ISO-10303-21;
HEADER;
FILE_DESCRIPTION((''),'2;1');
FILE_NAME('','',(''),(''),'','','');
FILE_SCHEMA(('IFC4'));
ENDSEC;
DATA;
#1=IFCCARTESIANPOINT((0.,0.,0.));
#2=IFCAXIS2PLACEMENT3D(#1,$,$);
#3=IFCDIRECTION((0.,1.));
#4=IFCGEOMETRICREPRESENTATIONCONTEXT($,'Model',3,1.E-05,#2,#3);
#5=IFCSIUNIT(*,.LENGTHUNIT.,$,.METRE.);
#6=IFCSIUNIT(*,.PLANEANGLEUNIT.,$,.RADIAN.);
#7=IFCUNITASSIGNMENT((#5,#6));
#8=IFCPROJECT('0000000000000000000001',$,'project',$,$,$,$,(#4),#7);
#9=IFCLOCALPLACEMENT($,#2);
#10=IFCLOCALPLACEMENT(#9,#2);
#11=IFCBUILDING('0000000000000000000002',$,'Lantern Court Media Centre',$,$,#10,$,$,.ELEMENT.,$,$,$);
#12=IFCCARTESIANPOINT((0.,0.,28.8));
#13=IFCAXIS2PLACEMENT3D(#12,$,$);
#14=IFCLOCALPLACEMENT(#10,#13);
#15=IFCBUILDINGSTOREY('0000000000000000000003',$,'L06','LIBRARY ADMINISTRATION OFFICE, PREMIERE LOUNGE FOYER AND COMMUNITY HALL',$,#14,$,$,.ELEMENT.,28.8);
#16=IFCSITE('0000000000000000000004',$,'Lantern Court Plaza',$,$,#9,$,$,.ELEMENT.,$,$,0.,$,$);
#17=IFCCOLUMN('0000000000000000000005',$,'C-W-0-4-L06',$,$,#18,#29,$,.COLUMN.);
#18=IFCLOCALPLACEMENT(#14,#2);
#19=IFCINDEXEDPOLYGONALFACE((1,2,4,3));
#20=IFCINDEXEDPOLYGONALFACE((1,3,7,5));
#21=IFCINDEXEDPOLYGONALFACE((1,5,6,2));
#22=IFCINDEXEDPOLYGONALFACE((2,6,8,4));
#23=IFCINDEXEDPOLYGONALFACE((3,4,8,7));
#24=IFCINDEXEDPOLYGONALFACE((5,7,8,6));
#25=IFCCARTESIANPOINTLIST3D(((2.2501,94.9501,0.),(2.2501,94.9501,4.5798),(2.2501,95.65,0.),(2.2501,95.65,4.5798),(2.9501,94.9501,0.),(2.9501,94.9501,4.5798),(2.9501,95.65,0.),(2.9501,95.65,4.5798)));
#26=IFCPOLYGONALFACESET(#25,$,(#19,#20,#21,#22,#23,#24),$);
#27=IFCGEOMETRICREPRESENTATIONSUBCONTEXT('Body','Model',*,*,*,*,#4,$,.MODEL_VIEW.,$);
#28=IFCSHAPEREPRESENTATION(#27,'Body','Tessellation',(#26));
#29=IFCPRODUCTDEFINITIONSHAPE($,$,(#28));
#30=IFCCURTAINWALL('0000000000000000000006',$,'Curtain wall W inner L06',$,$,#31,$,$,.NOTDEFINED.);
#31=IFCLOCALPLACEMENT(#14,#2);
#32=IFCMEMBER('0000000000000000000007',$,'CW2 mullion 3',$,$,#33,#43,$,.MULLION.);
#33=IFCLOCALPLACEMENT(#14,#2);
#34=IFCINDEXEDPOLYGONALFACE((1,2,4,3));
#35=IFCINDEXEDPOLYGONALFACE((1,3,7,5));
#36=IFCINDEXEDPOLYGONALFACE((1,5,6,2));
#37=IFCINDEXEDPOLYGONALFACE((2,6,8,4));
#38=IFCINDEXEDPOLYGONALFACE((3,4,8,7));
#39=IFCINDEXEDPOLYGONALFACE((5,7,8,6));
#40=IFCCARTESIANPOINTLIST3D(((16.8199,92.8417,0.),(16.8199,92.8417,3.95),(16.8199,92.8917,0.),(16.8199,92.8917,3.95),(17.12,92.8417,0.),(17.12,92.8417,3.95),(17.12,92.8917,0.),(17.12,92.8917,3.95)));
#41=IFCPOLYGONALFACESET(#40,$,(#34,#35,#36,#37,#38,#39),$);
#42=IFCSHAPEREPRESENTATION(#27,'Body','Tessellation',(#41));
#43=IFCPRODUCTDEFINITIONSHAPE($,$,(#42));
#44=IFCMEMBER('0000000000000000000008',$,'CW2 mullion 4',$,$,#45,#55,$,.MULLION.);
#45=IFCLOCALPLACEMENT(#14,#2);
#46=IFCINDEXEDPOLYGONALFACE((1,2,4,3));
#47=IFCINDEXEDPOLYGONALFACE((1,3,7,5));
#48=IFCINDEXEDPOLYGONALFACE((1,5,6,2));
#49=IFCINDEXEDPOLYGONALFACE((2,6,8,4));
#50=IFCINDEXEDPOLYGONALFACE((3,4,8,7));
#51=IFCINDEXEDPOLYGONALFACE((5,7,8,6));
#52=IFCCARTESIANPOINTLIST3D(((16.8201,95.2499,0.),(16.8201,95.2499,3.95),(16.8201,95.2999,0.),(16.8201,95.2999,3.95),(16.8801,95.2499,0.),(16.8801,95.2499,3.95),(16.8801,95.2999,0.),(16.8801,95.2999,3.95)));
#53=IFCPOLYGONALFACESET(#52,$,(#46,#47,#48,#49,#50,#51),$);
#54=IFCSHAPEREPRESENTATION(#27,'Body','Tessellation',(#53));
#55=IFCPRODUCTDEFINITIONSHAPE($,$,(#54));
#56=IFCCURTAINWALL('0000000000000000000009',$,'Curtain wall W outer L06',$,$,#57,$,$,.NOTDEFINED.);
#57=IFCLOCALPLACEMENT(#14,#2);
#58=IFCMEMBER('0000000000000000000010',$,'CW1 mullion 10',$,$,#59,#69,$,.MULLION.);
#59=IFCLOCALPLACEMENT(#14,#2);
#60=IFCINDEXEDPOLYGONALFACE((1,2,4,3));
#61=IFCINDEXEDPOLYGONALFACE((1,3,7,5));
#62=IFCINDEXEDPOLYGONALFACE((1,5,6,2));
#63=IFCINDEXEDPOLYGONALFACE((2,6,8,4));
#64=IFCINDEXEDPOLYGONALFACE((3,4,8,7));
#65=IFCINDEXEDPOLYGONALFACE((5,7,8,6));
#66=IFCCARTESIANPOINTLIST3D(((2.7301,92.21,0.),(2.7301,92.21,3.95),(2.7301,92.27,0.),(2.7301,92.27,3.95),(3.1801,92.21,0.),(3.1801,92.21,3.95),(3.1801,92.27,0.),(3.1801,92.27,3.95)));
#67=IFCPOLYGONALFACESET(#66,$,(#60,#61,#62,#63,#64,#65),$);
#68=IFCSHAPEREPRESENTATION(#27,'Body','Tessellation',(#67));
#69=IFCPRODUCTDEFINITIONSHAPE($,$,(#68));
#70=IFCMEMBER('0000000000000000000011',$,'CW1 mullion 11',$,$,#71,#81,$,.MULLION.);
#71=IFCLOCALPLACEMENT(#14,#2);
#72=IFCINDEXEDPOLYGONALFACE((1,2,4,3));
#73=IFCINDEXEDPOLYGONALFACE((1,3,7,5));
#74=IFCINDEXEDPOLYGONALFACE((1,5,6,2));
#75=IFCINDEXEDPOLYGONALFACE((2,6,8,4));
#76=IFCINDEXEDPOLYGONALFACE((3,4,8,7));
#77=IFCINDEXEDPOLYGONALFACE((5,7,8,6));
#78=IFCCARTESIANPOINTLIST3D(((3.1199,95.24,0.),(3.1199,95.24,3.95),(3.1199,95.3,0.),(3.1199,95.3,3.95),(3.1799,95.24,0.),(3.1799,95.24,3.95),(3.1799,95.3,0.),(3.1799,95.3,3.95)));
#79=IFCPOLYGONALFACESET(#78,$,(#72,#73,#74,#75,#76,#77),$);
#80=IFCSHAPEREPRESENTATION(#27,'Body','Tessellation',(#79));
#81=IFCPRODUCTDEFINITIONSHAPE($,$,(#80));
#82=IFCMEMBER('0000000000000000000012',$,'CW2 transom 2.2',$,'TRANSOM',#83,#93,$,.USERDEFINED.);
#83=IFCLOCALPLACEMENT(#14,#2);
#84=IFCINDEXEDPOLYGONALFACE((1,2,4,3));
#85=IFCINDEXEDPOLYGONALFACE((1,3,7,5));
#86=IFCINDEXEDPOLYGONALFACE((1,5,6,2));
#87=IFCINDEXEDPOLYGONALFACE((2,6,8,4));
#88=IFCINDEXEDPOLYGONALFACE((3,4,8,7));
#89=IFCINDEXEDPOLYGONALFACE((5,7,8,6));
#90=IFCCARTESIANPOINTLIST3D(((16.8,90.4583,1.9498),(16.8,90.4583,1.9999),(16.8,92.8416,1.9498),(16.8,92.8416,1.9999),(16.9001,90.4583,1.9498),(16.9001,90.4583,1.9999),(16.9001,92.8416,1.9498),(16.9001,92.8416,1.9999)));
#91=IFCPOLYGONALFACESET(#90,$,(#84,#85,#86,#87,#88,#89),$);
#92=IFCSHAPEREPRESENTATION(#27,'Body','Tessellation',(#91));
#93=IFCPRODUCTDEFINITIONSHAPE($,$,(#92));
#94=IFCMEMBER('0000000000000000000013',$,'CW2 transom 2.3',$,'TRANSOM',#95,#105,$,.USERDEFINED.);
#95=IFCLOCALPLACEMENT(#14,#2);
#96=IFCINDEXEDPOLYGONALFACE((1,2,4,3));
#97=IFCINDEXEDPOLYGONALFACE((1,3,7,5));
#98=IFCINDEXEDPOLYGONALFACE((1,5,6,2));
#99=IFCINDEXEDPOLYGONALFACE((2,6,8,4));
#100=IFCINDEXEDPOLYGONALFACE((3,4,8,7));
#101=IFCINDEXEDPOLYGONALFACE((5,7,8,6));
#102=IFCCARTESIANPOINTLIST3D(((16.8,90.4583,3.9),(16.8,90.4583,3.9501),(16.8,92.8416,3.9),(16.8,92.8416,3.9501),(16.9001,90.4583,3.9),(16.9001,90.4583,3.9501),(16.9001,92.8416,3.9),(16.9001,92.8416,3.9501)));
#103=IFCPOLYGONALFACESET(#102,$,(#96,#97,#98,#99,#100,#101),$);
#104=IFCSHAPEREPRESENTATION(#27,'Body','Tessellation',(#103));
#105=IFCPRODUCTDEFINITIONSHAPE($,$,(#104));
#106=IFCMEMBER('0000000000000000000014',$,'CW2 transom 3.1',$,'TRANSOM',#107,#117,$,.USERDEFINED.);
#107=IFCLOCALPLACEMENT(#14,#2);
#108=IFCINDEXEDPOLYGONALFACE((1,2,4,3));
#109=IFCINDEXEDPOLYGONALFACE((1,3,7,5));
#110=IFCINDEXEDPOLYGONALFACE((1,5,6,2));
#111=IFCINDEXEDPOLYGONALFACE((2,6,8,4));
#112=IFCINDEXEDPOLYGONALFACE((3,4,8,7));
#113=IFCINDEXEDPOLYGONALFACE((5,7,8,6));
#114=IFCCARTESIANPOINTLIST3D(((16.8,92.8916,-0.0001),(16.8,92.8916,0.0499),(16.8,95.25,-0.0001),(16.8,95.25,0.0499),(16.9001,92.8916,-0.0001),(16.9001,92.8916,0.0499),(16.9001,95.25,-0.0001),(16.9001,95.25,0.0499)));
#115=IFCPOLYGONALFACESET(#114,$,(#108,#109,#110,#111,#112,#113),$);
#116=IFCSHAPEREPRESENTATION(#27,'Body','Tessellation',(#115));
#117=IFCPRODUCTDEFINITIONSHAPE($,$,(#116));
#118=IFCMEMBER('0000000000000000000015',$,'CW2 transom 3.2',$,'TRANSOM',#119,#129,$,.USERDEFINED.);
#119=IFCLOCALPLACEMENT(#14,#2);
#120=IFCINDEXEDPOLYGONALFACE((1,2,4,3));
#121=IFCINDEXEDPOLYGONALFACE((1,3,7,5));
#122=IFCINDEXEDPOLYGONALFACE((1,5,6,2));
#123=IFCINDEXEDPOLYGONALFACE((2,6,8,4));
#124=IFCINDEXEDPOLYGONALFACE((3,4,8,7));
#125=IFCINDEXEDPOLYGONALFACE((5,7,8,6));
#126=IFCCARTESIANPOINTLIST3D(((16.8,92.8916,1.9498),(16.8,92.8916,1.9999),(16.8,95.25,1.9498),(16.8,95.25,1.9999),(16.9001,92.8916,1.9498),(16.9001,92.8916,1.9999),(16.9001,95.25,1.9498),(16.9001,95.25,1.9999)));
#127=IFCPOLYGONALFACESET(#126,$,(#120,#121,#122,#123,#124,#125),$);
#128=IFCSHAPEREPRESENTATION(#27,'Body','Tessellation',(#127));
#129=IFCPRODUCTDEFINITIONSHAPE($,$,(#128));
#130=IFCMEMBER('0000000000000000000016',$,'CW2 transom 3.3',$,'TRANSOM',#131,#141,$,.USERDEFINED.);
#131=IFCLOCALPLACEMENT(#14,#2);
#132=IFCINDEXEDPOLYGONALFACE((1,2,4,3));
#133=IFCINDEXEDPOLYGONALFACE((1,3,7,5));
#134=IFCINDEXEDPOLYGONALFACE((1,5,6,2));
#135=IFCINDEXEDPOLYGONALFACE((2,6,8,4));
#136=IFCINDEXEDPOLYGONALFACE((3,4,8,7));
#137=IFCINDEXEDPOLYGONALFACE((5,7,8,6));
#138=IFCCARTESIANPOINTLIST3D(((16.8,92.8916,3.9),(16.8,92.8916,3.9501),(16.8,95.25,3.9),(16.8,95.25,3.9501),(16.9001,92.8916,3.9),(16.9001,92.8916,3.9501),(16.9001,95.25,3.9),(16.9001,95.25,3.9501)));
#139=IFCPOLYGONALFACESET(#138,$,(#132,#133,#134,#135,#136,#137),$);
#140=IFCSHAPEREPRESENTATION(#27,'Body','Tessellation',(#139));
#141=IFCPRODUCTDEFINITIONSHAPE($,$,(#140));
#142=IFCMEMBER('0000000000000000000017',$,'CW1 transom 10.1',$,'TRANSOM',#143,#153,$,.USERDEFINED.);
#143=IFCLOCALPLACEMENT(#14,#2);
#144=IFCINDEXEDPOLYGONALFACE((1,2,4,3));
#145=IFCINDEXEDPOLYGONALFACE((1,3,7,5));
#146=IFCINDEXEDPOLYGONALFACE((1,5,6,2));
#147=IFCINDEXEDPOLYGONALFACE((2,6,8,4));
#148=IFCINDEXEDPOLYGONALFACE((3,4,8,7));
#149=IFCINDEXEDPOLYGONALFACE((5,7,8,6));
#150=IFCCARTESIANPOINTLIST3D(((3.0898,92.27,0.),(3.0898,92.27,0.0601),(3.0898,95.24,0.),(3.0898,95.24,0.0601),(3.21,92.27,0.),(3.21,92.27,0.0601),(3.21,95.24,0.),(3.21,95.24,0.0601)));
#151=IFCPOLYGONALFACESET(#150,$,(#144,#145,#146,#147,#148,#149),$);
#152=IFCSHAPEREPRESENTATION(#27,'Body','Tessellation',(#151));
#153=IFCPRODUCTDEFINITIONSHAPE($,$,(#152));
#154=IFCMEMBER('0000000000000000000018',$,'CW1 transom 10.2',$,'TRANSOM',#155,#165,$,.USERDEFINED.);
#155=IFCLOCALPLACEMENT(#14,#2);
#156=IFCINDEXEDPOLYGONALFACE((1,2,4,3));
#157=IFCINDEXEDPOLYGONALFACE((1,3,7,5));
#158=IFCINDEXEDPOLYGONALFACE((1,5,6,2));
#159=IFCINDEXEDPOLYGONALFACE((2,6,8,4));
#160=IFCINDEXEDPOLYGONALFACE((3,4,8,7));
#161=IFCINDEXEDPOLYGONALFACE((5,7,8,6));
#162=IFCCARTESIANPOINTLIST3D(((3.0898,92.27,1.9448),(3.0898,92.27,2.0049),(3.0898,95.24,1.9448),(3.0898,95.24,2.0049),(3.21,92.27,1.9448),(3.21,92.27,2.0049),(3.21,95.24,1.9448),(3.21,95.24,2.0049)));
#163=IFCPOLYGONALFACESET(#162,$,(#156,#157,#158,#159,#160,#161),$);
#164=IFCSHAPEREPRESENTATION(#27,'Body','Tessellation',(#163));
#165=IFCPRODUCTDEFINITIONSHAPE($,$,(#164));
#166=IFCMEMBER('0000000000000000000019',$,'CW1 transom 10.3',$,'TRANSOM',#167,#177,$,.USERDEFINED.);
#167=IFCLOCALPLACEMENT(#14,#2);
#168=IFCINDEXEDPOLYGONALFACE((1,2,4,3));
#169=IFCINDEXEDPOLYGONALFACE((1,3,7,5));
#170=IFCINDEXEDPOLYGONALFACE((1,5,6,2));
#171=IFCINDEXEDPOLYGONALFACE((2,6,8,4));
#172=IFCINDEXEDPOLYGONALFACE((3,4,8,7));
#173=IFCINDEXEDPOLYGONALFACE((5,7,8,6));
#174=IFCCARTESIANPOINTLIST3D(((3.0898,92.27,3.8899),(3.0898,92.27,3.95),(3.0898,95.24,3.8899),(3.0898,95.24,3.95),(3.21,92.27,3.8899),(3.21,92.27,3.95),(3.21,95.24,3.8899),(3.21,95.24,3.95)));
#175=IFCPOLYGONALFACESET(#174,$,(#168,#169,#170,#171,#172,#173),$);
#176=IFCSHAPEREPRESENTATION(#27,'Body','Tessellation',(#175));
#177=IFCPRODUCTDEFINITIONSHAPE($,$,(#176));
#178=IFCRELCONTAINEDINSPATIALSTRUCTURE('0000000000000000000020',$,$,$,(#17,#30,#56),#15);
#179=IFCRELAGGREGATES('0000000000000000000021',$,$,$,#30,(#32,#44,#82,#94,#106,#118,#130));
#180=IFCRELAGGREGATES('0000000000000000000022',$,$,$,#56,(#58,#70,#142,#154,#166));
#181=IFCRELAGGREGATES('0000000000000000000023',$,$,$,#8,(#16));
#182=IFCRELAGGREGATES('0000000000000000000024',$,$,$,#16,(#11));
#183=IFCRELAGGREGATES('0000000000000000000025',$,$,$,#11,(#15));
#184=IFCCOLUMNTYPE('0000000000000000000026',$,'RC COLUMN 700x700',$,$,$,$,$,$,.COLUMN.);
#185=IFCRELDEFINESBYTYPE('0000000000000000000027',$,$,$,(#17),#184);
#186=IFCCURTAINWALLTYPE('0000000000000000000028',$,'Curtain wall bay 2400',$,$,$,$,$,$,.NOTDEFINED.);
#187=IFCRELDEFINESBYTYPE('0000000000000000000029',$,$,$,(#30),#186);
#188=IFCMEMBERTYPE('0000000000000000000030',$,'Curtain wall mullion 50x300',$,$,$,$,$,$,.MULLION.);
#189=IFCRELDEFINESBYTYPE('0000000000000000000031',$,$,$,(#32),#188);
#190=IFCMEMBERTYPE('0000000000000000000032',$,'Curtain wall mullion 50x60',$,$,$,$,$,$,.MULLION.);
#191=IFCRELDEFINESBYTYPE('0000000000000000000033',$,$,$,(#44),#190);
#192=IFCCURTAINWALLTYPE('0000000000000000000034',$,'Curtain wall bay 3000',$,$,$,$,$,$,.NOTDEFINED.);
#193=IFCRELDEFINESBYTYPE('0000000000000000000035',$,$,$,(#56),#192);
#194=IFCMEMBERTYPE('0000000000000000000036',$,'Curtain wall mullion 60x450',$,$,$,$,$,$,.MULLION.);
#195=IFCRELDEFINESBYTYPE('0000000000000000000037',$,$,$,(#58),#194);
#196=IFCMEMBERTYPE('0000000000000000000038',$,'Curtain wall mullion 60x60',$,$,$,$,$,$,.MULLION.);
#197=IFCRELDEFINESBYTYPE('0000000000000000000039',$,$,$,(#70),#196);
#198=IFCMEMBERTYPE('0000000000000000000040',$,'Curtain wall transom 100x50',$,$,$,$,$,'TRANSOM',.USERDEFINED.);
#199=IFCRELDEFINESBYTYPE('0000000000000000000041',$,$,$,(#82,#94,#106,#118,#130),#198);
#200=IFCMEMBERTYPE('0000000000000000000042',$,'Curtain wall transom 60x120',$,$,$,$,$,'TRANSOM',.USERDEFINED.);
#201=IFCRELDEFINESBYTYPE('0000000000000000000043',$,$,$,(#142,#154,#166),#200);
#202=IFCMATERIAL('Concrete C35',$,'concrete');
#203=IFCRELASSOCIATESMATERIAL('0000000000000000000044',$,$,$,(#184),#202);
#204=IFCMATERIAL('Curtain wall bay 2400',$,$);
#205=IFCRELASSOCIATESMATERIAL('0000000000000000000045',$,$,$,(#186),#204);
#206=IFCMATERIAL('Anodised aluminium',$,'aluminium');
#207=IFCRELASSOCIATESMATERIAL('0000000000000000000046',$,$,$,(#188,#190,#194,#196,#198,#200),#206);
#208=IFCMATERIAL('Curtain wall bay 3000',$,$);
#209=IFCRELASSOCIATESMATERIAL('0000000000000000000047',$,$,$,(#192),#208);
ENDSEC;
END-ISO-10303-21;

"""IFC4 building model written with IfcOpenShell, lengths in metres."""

from ifc_helpers import new_model, si_unit, direction, frame, origin, origin_2d, place, context, subcontext, project, spatial, rectangle, extrude, material, material_profile, profile_set, type_object, element, aggregate, save


model = new_model("IFC4")

# Units and contexts
model_context = context("Model", 3, precision=1e-05, world=origin(), true_north=direction((0.0, 1.0)))
body_context = subcontext(model_context, "Body", "Model", "MODEL_VIEW")
ifc_project = project(units=[si_unit("LENGTHUNIT", "METRE"), si_unit("PLANEANGLEUNIT", "RADIAN")], contexts=[model_context])

# Site, building, storey
site_placement = place(None, origin())
site = spatial("IfcSite", under=ifc_project, at=site_placement, Name="Lantern Court Plaza", CompositionType="ELEMENT", RefElevation=0.0)
building_placement = place(site_placement, origin())
building = spatial("IfcBuilding", under=site, at=building_placement, Name="Lantern Court Media Centre", CompositionType="ELEMENT")
storey_placement = place(building_placement, frame((0.0, 0.0, 28.8)))
storey = spatial("IfcBuildingStorey", under=building, at=storey_placement, Name="L06", Description="LIBRARY ADMINISTRATION OFFICE, PREMIERE LOUNGE FOYER AND COMMUNITY HALL", CompositionType="ELEMENT", Elevation=28.8)

# Column
ifc_material_1 = material(Name="Concrete C35", Category="concrete")
ifc_material_profile_1 = material_profile(ifc_material_1, rectangle(XDim=0.7, YDim=0.7, at=origin_2d()), Name="RC 700x700")
ifc_profile_set_1 = profile_set([ifc_material_profile_1], Name="Concrete C35")
column_type = type_object("IfcColumnType", Name="RC COLUMN 700x700", PredefinedType="COLUMN", material=ifc_profile_set_1)
column_placement = place(storey_placement, frame((2.6001, 95.3, 0.0), z_axis=(0.0, 0.0, 1.0), x_axis=(1.0, 0.0, 0.0)))
element("IfcColumn", 1, at=column_placement, inside=storey, type_object=column_type, Name="C-W-0-4-L06", PredefinedType="COLUMN", context=body_context, shape_type="SweptSolid", body=[
    extrude(rectangle(XDim=0.7, YDim=0.7, at=origin_2d()), origin(), (0.0, 0.0, 1.0), 4.5798),
])

# Curtain walls, members
ifc_material_2 = material(Name="Curtain wall bay 2400")
curtain_wall_type_1 = type_object("IfcCurtainWallType", Name="Curtain wall bay 2400", PredefinedType="NOTDEFINED", material=ifc_material_2)
curtain_wall_1_placement = place(storey_placement, origin())
curtain_wall_1 = element("IfcCurtainWall", 2, at=curtain_wall_1_placement, inside=storey, type_object=curtain_wall_type_1, Name="Curtain wall W inner L06", PredefinedType="NOTDEFINED")
ifc_material_3 = material(Name="Anodised aluminium", Category="aluminium")
ifc_material_profile_2 = material_profile(ifc_material_3, rectangle(XDim=0.3, YDim=0.05, at=origin_2d()), Name="AL 50x300")
ifc_profile_set_2 = profile_set([ifc_material_profile_2], Name="Anodised aluminium")
member_type_1 = type_object("IfcMemberType", Name="Curtain wall mullion 50x300", PredefinedType="MULLION", material=ifc_profile_set_2)
member_1_placement = place(storey_placement, frame((16.97, 92.8667, 0.0), z_axis=(0.0, 0.0, 1.0), x_axis=(-1.0, 0.0, 0.0)))
member_1 = element("IfcMember", 3, at=member_1_placement, type_object=member_type_1, Name="CW2 mullion 3", PredefinedType="MULLION", context=body_context, shape_type="SweptSolid", body=[
    extrude(rectangle(XDim=0.3, YDim=0.05, at=origin_2d()), origin(), (0.0, 0.0, 1.0), 3.95),
])
ifc_material_profile_3 = material_profile(ifc_material_3, rectangle(XDim=0.0601, YDim=0.05, at=origin_2d()), Name="AL 50x60")
ifc_profile_set_3 = profile_set([ifc_material_profile_3], Name="Anodised aluminium")
member_type_2 = type_object("IfcMemberType", Name="Curtain wall mullion 50x60", PredefinedType="MULLION", material=ifc_profile_set_3)
member_2_placement = place(storey_placement, frame((16.8501, 95.2749, 0.0), z_axis=(0.0, 0.0, 1.0), x_axis=(-1.0, 0.0, 0.0)))
member_2 = element("IfcMember", 4, at=member_2_placement, type_object=member_type_2, Name="CW2 mullion 4", PredefinedType="MULLION", context=body_context, shape_type="SweptSolid", body=[
    extrude(rectangle(XDim=0.0601, YDim=0.05, at=origin_2d()), origin(), (0.0, 0.0, 1.0), 3.95),
])
ifc_material_4 = material(Name="Curtain wall bay 3000")
curtain_wall_type_2 = type_object("IfcCurtainWallType", Name="Curtain wall bay 3000", PredefinedType="NOTDEFINED", material=ifc_material_4)
curtain_wall_2_placement = place(storey_placement, origin())
curtain_wall_2 = element("IfcCurtainWall", 5, at=curtain_wall_2_placement, inside=storey, type_object=curtain_wall_type_2, Name="Curtain wall W outer L06", PredefinedType="NOTDEFINED")
ifc_material_profile_4 = material_profile(ifc_material_3, rectangle(XDim=0.45, YDim=0.0601, at=origin_2d()), Name="AL 60x450")
ifc_profile_set_4 = profile_set([ifc_material_profile_4], Name="Anodised aluminium")
member_type_3 = type_object("IfcMemberType", Name="Curtain wall mullion 60x450", PredefinedType="MULLION", material=ifc_profile_set_4)
member_3_placement = place(storey_placement, frame((2.9551, 92.24, 0.0), z_axis=(0.0, 0.0, 1.0), x_axis=(-1.0, 0.0, 0.0)))
member_3 = element("IfcMember", 6, at=member_3_placement, type_object=member_type_3, Name="CW1 mullion 10", PredefinedType="MULLION", context=body_context, shape_type="SweptSolid", body=[
    extrude(rectangle(XDim=0.45, YDim=0.0601, at=origin_2d()), origin(), (0.0, 0.0, 1.0), 3.95),
])
ifc_material_profile_5 = material_profile(ifc_material_3, rectangle(XDim=0.0601, YDim=0.0601, at=origin_2d()), Name="AL 60x60")
ifc_profile_set_5 = profile_set([ifc_material_profile_5], Name="Anodised aluminium")
member_type_4 = type_object("IfcMemberType", Name="Curtain wall mullion 60x60", PredefinedType="MULLION", material=ifc_profile_set_5)
member_4_placement = place(storey_placement, frame((3.1499, 95.27, 0.0), z_axis=(0.0, 0.0, 1.0), x_axis=(-1.0, 0.0, 0.0)))
member_4 = element("IfcMember", 7, at=member_4_placement, type_object=member_type_4, Name="CW1 mullion 11", PredefinedType="MULLION", context=body_context, shape_type="SweptSolid", body=[
    extrude(rectangle(XDim=0.0601, YDim=0.0601, at=origin_2d()), origin(), (0.0, 0.0, 1.0), 3.95),
])

# Members
ifc_material_profile_6 = material_profile(ifc_material_3, rectangle(XDim=0.1001, YDim=0.05, at=origin_2d()), Name="AL 50x100")
ifc_profile_set_6 = profile_set([ifc_material_profile_6], Name="Anodised aluminium")
member_type_5 = type_object("IfcMemberType", Name="Curtain wall transom 100x50", ElementType="TRANSOM", PredefinedType="USERDEFINED", material=ifc_profile_set_6)
member_5_placement = place(storey_placement, frame((16.8501, 90.4583, 1.9749), z_axis=(0.0, 1.0, 0.0), x_axis=(-1.0, 0.0, 0.0)))
member_5 = element("IfcMember", 8, at=member_5_placement, type_object=member_type_5, Name="CW2 transom 2.2", ObjectType="TRANSOM", PredefinedType="USERDEFINED", context=body_context, shape_type="SweptSolid", body=[
    extrude(rectangle(XDim=0.1001, YDim=0.05, at=origin_2d()), origin(), (0.0, 0.0, 1.0), 2.3833),
])
member_6_placement = place(storey_placement, frame((16.8501, 90.4583, 3.925), z_axis=(0.0, 1.0, 0.0), x_axis=(-1.0, 0.0, 0.0)))
member_6 = element("IfcMember", 9, at=member_6_placement, type_object=member_type_5, Name="CW2 transom 2.3", ObjectType="TRANSOM", PredefinedType="USERDEFINED", context=body_context, shape_type="SweptSolid", body=[
    extrude(rectangle(XDim=0.1001, YDim=0.05, at=origin_2d()), origin(), (0.0, 0.0, 1.0), 2.3833),
])
member_7_placement = place(storey_placement, frame((16.8501, 92.8916, 0.0249), z_axis=(0.0, 1.0, 0.0), x_axis=(-1.0, 0.0, 0.0)))
member_7 = element("IfcMember", 10, at=member_7_placement, type_object=member_type_5, Name="CW2 transom 3.1", ObjectType="TRANSOM", PredefinedType="USERDEFINED", context=body_context, shape_type="SweptSolid", body=[
    extrude(rectangle(XDim=0.1001, YDim=0.05, at=origin_2d()), origin(), (0.0, 0.0, 1.0), 2.3584),
])
member_8_placement = place(storey_placement, frame((16.8501, 92.8916, 1.9749), z_axis=(0.0, 1.0, 0.0), x_axis=(-1.0, 0.0, 0.0)))
member_8 = element("IfcMember", 11, at=member_8_placement, type_object=member_type_5, Name="CW2 transom 3.2", ObjectType="TRANSOM", PredefinedType="USERDEFINED", context=body_context, shape_type="SweptSolid", body=[
    extrude(rectangle(XDim=0.1001, YDim=0.05, at=origin_2d()), origin(), (0.0, 0.0, 1.0), 2.3584),
])
member_9_placement = place(storey_placement, frame((16.8501, 92.8916, 3.925), z_axis=(0.0, 1.0, 0.0), x_axis=(-1.0, 0.0, 0.0)))
member_9 = element("IfcMember", 12, at=member_9_placement, type_object=member_type_5, Name="CW2 transom 3.3", ObjectType="TRANSOM", PredefinedType="USERDEFINED", context=body_context, shape_type="SweptSolid", body=[
    extrude(rectangle(XDim=0.1001, YDim=0.05, at=origin_2d()), origin(), (0.0, 0.0, 1.0), 2.3584),
])
ifc_material_profile_7 = material_profile(ifc_material_3, rectangle(XDim=0.1201, YDim=0.0601, at=origin_2d()), Name="AL 60x120")
ifc_profile_set_7 = profile_set([ifc_material_profile_7], Name="Anodised aluminium")
member_type_6 = type_object("IfcMemberType", Name="Curtain wall transom 60x120", ElementType="TRANSOM", PredefinedType="USERDEFINED", material=ifc_profile_set_7)
member_10_placement = place(storey_placement, frame((3.1499, 92.27, 0.03), z_axis=(0.0, 1.0, 0.0), x_axis=(-1.0, 0.0, 0.0)))
member_10 = element("IfcMember", 13, at=member_10_placement, type_object=member_type_6, Name="CW1 transom 10.1", ObjectType="TRANSOM", PredefinedType="USERDEFINED", context=body_context, shape_type="SweptSolid", body=[
    extrude(rectangle(XDim=0.1201, YDim=0.0601, at=origin_2d()), origin(), (0.0, 0.0, 1.0), 2.97),
])
member_11_placement = place(storey_placement, frame((3.1499, 92.27, 1.9749), z_axis=(0.0, 1.0, 0.0), x_axis=(-1.0, 0.0, 0.0)))
member_11 = element("IfcMember", 14, at=member_11_placement, type_object=member_type_6, Name="CW1 transom 10.2", ObjectType="TRANSOM", PredefinedType="USERDEFINED", context=body_context, shape_type="SweptSolid", body=[
    extrude(rectangle(XDim=0.1201, YDim=0.0601, at=origin_2d()), origin(), (0.0, 0.0, 1.0), 2.97),
])
member_12_placement = place(storey_placement, frame((3.1499, 92.27, 3.9199), z_axis=(0.0, 1.0, 0.0), x_axis=(-1.0, 0.0, 0.0)))
member_12 = element("IfcMember", 15, at=member_12_placement, type_object=member_type_6, Name="CW1 transom 10.3", ObjectType="TRANSOM", PredefinedType="USERDEFINED", context=body_context, shape_type="SweptSolid", body=[
    extrude(rectangle(XDim=0.1201, YDim=0.0601, at=origin_2d()), origin(), (0.0, 0.0, 1.0), 2.97),
])

aggregate(curtain_wall_1, [member_1, member_2, member_5, member_6, member_7, member_8, member_9])
aggregate(curtain_wall_2, [member_3, member_4, member_10, member_11, member_12])

save(model, "model.ifc")
